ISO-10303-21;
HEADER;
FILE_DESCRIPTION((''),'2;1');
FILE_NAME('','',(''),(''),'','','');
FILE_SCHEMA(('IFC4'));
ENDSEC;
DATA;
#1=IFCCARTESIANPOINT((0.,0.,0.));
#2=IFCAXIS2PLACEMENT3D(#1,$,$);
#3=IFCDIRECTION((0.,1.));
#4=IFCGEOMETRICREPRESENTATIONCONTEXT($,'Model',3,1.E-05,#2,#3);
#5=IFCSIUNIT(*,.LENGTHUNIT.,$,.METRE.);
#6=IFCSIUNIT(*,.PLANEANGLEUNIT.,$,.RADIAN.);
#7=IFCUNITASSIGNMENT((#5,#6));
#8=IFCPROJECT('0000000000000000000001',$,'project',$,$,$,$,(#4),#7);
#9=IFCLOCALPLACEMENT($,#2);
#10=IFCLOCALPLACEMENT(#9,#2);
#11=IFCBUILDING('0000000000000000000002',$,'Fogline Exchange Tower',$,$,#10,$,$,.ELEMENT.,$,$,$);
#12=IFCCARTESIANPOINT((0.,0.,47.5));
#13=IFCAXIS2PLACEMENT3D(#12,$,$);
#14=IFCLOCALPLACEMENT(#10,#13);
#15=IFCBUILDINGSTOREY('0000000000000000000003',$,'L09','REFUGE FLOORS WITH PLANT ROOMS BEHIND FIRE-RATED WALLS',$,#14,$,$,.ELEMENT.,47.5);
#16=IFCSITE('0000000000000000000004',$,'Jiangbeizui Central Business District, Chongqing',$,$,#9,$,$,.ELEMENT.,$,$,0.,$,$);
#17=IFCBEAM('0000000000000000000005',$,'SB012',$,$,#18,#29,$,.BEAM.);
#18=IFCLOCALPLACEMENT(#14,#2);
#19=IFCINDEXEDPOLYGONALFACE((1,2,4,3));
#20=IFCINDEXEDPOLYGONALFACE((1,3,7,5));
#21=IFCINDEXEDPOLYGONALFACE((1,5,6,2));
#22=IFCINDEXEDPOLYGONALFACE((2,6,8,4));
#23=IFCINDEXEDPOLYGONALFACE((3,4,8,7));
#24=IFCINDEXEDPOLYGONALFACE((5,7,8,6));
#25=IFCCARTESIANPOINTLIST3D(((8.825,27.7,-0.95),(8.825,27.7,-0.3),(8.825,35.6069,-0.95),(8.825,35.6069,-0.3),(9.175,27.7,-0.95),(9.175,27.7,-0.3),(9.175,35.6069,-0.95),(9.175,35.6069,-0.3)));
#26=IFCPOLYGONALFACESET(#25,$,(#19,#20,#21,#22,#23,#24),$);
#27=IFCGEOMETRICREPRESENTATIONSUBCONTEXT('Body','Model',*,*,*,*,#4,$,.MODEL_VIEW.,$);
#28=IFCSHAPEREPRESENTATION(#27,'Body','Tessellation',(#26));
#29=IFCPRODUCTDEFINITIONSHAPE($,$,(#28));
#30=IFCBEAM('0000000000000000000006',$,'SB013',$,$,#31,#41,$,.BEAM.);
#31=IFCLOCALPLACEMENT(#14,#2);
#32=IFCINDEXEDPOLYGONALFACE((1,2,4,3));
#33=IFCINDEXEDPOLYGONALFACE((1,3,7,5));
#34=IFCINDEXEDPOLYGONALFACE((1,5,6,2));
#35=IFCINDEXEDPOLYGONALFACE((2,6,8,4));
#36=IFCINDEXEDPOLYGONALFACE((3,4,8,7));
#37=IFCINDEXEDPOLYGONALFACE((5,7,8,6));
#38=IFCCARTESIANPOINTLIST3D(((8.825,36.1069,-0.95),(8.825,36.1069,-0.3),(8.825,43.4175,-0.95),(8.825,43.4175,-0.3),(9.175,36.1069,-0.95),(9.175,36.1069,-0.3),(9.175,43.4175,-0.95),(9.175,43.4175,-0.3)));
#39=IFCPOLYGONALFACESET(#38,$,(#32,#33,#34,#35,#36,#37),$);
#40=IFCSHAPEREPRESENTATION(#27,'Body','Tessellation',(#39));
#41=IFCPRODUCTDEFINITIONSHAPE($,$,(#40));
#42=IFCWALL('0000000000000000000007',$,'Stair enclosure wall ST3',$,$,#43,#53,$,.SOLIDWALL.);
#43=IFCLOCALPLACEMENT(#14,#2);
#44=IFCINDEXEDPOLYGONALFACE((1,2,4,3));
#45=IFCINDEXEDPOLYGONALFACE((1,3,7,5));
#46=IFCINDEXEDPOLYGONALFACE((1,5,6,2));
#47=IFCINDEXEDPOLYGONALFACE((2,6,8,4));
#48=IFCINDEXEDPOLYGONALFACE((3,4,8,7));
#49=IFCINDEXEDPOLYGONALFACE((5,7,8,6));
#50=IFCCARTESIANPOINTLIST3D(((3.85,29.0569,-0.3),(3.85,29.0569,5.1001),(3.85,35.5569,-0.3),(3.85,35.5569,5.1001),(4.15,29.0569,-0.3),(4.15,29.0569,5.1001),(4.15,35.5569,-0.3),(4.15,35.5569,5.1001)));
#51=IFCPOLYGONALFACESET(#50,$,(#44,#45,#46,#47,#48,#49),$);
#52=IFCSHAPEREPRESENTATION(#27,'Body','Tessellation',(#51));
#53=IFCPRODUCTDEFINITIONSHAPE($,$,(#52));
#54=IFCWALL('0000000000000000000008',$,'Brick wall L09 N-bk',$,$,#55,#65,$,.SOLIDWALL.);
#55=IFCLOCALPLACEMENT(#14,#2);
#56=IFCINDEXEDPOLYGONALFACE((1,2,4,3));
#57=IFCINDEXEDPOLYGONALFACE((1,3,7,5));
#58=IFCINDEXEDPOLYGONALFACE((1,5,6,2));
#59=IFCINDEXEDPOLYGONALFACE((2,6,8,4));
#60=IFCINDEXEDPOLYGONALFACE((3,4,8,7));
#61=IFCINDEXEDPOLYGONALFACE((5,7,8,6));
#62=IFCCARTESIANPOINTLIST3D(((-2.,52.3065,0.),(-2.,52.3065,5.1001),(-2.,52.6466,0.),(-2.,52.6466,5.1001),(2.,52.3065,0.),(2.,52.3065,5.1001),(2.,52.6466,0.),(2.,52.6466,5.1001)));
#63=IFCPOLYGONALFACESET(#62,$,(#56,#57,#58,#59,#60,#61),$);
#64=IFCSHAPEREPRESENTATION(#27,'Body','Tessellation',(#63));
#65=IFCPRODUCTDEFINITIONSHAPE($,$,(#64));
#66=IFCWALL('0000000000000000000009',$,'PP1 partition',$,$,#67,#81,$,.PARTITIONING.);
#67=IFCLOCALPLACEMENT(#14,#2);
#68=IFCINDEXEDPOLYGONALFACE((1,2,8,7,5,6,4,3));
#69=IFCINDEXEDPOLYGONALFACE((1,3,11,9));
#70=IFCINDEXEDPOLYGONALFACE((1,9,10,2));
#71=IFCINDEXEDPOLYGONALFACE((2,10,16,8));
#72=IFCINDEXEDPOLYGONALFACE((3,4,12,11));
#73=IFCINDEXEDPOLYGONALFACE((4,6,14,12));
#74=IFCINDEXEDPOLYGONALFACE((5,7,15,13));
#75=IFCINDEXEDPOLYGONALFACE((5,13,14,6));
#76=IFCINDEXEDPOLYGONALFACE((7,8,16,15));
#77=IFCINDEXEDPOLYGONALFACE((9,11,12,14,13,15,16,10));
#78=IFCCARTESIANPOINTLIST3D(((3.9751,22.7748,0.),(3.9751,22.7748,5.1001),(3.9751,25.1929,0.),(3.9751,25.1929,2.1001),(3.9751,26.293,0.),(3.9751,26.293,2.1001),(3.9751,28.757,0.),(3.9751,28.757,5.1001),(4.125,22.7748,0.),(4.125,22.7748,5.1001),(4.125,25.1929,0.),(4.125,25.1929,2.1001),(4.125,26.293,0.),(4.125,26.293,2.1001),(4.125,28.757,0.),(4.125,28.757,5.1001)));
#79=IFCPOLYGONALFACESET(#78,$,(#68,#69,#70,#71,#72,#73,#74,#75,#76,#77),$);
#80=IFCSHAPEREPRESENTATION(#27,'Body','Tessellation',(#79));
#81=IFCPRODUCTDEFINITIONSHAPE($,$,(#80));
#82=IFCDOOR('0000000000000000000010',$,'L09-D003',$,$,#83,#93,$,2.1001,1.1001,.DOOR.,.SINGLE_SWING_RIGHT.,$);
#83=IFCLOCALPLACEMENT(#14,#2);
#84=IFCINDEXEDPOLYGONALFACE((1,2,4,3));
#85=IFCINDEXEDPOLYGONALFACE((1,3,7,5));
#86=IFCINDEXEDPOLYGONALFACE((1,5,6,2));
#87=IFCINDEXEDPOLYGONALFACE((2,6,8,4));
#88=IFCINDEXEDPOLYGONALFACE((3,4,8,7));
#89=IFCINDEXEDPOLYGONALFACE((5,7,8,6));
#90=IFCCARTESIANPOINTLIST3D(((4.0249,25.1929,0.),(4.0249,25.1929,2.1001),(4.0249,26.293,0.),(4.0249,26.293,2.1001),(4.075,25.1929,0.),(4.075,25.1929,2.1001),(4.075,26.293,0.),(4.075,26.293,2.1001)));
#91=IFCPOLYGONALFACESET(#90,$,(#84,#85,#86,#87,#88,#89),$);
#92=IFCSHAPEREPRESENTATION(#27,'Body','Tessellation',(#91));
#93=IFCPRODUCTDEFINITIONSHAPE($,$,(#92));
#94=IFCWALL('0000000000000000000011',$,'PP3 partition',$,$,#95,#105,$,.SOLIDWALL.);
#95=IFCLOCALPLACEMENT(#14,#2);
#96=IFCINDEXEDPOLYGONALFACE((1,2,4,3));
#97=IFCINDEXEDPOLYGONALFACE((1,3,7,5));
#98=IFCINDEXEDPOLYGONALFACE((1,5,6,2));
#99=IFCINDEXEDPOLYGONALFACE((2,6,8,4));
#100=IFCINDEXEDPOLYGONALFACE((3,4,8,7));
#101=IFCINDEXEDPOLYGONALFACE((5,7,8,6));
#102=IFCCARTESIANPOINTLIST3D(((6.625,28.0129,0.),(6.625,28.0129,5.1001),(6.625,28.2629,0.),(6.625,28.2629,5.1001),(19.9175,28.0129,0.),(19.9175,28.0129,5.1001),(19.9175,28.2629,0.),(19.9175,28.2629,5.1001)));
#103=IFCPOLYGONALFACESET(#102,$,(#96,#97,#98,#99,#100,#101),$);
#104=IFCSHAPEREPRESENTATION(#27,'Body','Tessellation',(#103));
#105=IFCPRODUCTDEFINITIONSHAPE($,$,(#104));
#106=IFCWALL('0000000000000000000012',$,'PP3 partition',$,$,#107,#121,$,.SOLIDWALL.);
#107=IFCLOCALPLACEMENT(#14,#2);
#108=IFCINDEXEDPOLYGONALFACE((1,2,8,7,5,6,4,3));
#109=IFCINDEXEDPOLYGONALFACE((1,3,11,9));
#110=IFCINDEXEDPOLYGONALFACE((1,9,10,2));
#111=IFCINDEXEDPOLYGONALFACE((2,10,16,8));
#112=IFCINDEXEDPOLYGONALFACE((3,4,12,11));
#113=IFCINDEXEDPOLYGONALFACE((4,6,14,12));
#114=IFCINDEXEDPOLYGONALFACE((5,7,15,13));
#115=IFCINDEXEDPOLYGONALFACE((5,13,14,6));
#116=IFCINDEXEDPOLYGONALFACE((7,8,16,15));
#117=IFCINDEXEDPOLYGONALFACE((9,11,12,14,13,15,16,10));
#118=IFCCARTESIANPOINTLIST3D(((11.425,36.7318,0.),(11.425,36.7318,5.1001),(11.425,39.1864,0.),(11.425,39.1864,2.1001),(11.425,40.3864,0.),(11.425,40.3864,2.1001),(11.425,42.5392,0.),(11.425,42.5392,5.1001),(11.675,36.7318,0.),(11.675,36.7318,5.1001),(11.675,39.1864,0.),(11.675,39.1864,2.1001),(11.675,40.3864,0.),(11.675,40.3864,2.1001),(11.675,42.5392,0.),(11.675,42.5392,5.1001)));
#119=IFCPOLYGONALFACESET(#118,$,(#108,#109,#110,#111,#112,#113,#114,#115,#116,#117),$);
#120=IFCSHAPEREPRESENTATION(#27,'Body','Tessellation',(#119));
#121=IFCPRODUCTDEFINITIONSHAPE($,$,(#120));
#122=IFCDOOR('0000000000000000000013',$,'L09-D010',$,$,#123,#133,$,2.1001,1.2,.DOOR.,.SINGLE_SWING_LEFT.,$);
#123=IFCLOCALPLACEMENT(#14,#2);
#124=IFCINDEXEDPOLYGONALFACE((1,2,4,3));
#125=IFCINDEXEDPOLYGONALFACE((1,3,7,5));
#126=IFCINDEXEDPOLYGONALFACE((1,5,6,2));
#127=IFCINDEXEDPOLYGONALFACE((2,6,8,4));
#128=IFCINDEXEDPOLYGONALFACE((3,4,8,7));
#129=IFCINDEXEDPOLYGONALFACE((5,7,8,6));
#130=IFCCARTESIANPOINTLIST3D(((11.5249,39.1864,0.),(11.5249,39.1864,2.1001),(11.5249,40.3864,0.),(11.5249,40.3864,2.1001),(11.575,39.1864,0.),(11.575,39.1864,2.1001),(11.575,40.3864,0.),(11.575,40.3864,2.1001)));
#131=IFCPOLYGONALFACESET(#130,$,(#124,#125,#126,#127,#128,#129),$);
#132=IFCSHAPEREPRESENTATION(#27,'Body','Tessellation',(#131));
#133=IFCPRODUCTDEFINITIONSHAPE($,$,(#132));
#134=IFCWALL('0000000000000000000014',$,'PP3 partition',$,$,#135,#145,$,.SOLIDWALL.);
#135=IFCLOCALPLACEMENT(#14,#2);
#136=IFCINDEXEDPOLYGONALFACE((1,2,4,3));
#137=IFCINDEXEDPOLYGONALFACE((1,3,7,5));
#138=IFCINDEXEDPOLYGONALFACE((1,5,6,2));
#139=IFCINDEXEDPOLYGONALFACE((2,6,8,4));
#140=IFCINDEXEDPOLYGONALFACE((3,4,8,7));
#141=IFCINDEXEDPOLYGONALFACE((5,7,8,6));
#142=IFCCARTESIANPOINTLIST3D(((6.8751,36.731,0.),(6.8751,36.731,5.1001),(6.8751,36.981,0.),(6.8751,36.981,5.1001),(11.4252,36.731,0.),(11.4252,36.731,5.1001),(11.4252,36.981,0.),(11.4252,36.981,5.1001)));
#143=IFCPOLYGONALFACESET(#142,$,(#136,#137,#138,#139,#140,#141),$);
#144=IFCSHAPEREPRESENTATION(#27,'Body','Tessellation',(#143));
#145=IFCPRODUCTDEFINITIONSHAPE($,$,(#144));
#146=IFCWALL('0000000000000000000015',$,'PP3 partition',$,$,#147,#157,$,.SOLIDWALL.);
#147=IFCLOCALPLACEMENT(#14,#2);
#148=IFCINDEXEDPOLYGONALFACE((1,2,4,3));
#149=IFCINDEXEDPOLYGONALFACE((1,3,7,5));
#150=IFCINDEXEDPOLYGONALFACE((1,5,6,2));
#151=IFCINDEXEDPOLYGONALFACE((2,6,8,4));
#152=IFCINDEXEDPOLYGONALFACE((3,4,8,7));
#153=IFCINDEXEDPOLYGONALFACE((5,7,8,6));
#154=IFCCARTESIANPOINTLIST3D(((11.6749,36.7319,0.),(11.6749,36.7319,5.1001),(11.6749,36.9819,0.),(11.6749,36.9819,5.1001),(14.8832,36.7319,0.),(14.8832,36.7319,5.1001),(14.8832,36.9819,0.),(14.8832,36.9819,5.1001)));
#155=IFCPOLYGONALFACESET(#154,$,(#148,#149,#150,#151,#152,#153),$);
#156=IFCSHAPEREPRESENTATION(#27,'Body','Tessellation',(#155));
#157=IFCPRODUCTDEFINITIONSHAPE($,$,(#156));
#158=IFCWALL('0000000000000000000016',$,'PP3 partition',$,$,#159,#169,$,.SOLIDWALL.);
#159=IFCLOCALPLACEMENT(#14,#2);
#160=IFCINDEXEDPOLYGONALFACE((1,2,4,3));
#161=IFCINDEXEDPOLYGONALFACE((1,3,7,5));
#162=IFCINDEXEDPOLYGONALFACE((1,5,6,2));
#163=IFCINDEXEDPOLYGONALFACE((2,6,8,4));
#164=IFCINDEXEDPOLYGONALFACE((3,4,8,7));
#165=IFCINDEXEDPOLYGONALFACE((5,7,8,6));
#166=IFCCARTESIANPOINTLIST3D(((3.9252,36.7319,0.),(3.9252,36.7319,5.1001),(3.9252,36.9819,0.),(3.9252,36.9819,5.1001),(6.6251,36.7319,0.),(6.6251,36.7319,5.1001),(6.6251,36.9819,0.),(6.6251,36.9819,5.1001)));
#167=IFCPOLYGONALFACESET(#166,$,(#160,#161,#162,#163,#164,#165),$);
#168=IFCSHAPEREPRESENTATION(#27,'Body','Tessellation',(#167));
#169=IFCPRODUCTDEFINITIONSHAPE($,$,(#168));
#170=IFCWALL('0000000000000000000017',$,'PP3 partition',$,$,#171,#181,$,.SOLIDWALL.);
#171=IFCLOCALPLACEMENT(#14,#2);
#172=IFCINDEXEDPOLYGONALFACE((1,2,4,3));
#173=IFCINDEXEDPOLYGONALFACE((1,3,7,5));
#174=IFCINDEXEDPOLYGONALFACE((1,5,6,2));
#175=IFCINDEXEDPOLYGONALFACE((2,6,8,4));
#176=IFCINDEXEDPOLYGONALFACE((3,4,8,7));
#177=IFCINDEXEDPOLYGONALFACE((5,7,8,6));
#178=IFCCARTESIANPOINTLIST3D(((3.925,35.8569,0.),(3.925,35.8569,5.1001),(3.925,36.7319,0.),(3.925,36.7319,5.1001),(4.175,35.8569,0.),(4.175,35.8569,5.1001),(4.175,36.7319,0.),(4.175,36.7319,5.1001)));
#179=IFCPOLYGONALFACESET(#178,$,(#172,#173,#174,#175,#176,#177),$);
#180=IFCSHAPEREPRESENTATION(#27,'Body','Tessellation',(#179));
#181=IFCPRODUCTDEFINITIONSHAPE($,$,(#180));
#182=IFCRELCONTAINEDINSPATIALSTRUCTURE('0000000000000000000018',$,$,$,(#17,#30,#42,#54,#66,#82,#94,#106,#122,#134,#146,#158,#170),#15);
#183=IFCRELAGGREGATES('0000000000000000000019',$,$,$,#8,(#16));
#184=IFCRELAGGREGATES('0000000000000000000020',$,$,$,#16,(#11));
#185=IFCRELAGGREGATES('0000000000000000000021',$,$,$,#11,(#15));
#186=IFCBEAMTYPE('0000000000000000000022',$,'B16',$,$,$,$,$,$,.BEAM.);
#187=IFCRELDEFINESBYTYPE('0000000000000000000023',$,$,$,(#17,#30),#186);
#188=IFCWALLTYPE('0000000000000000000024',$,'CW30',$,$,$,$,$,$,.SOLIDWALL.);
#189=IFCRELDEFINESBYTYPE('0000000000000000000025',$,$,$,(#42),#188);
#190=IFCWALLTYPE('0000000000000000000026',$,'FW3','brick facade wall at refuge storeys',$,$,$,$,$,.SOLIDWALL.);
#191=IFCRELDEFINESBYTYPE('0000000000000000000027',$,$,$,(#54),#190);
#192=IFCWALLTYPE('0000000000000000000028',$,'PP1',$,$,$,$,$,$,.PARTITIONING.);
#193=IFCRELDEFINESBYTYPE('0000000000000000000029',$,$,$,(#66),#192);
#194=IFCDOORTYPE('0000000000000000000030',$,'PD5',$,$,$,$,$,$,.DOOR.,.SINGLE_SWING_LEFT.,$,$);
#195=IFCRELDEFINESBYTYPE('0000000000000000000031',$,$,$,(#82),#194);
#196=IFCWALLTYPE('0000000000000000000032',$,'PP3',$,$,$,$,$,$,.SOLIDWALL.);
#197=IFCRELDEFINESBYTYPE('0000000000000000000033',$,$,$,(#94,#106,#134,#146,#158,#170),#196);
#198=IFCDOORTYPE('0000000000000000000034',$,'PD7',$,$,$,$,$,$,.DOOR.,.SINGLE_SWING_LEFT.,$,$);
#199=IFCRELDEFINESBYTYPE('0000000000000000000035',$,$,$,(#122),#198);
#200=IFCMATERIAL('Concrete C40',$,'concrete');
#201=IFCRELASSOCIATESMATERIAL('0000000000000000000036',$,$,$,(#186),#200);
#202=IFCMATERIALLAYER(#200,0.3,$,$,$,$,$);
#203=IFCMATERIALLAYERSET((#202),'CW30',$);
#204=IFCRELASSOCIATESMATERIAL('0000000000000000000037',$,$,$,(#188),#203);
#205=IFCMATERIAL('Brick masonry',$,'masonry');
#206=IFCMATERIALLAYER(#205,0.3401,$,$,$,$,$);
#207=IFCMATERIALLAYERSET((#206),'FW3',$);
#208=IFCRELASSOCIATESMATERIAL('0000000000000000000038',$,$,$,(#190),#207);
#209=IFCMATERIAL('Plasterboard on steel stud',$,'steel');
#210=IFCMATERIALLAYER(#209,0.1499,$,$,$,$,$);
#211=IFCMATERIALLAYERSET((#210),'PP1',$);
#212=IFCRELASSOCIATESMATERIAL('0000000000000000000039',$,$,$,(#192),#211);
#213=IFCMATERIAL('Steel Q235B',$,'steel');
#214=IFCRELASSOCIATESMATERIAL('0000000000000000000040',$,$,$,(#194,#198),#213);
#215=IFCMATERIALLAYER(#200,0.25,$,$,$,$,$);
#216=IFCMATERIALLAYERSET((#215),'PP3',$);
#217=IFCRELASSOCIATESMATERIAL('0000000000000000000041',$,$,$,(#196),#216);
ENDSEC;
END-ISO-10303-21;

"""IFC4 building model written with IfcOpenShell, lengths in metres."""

from ifc_helpers import new_model, si_unit, direction, frame, frame_2d, origin, origin_2d, place, context, subcontext, project, spatial, rectangle, extrude, material, layer, layer_set, material_profile, profile_set, type_object, element, fill, save


model = new_model("IFC4")

# Units and contexts
model_context = context("Model", 3, precision=1e-05, world=origin(), true_north=direction((0.0, 1.0)))
body_context = subcontext(model_context, "Body", "Model", "MODEL_VIEW")
ifc_project = project(units=[si_unit("LENGTHUNIT", "METRE"), si_unit("PLANEANGLEUNIT", "RADIAN")], contexts=[model_context])

# Site, building, storey
site_placement = place(None, origin())
site = spatial("IfcSite", under=ifc_project, at=site_placement, Name="Jiangbeizui Central Business District, Chongqing", CompositionType="ELEMENT", RefElevation=0.0)
building_placement = place(site_placement, origin())
building = spatial("IfcBuilding", under=site, at=building_placement, Name="Fogline Exchange Tower", CompositionType="ELEMENT")
storey_placement = place(building_placement, frame((0.0, 0.0, 47.5)))
storey = spatial("IfcBuildingStorey", under=building, at=storey_placement, Name="L09", Description="REFUGE FLOORS WITH PLANT ROOMS BEHIND FIRE-RATED WALLS", CompositionType="ELEMENT", Elevation=47.5)

# Beams
ifc_material_1 = material(Name="Concrete C40", Category="concrete")
ifc_material_profile_1 = material_profile(ifc_material_1, rectangle(XDim=0.3501, YDim=0.6499, at=origin_2d()), Name="RC 350x650")
ifc_profile_set_1 = profile_set([ifc_material_profile_1], Name="Concrete C40")
beam_type_1 = type_object("IfcBeamType", Name="B16", PredefinedType="BEAM", material=ifc_profile_set_1)
beam_1_placement = place(storey_placement, frame((9.0, 27.7, -0.625), z_axis=(0.0, 1.0, 0.0), x_axis=(-1.0, 0.0, 0.0)))
element("IfcBeam", 1, at=beam_1_placement, inside=storey, type_object=beam_type_1, Name="SB012", PredefinedType="BEAM", context=body_context, shape_type="SweptSolid", body=[
    extrude(rectangle(XDim=0.3501, YDim=0.6499, at=origin_2d()), origin(), (0.0, 0.0, 1.0), 7.907),
])
beam_2_placement = place(storey_placement, frame((9.0, 36.1069, -0.625), z_axis=(0.0, 1.0, 0.0), x_axis=(-1.0, 0.0, 0.0)))
element("IfcBeam", 2, at=beam_2_placement, inside=storey, type_object=beam_type_1, Name="SB013", PredefinedType="BEAM", context=body_context, shape_type="SweptSolid", body=[
    extrude(rectangle(XDim=0.3501, YDim=0.6499, at=origin_2d()), origin(), (0.0, 0.0, 1.0), 7.3105),
])

# Walls
ifc_layer_1 = layer(ifc_material_1, 0.3)
ifc_layer_set_1 = layer_set([ifc_layer_1], Name="CW30")
wall_type_1 = type_object("IfcWallType", Name="CW30", PredefinedType="SOLIDWALL", material=ifc_layer_set_1)
wall_1_placement = place(storey_placement, frame((4.0, 29.0569, -0.3), z_axis=(0.0, 0.0, 1.0), x_axis=(0.0, 1.0, 0.0)))
element("IfcWall", 3, at=wall_1_placement, inside=storey, type_object=wall_type_1, Name="Stair enclosure wall ST3", PredefinedType="SOLIDWALL", context=body_context, shape_type="SweptSolid", body=[
    extrude(rectangle(XDim=6.5, YDim=0.3, at=frame_2d((3.25, 0.0))), origin(), (0.0, 0.0, 1.0), 5.4001),
])
ifc_material_2 = material(Name="Brick masonry", Category="masonry")
ifc_layer_2 = layer(ifc_material_2, 0.3401)
ifc_layer_set_2 = layer_set([ifc_layer_2], Name="FW3")
wall_type_2 = type_object("IfcWallType", Name="FW3", Description="brick facade wall at refuge storeys", PredefinedType="SOLIDWALL", material=ifc_layer_set_2)
wall_2_placement = place(storey_placement, frame((2.0, 52.4766, 0.0), z_axis=(0.0, 0.0, 1.0), x_axis=(-1.0, 0.0, 0.0)))
element("IfcWall", 4, at=wall_2_placement, inside=storey, type_object=wall_type_2, Name="Brick wall L09 N-bk", PredefinedType="SOLIDWALL", context=body_context, shape_type="SweptSolid", body=[
    extrude(rectangle(XDim=4.0, YDim=0.3401, at=frame_2d((2.0, 0.0))), origin(), (0.0, 0.0, 1.0), 5.1001),
])

# Wall, opening, door
ifc_material_3 = material(Name="Plasterboard on steel stud", Category="steel")
ifc_layer_3 = layer(ifc_material_3, 0.1499)
ifc_layer_set_3 = layer_set([ifc_layer_3], Name="PP1")
wall_type_3 = type_object("IfcWallType", Name="PP1", PredefinedType="PARTITIONING", material=ifc_layer_set_3)
wall_3_placement = place(storey_placement, frame((4.05, 28.7571, 0.0), z_axis=(0.0, 0.0, 1.0), x_axis=(0.0, -1.0, 0.0)))
wall_3 = element("IfcWall", 5, at=wall_3_placement, inside=storey, type_object=wall_type_3, Name="PP1 partition", PredefinedType="PARTITIONING", context=body_context, shape_type="SweptSolid", body=[
    extrude(rectangle(XDim=5.9822, YDim=0.1499, at=frame_2d((2.9912, 0.0))), origin(), (0.0, 0.0, 1.0), 5.1001),
])
opening_1_placement = place(wall_3_placement, frame((2.4641, 0.0, 0.0)))
opening_1 = element("IfcOpeningElement", 6, at=opening_1_placement, cuts=wall_3, PredefinedType="OPENING", context=body_context, shape_type="SweptSolid", body=[
    extrude(rectangle(XDim=1.1001, YDim=2.1001, at=frame_2d((0.55, 1.05))), frame((0.0, 0.085, 0.0), z_axis=(0.0, -1.0, 0.0), x_axis=(1.0, 0.0, 0.0)), (0.0, 0.0, 1.0), 0.1699),
])
ifc_material_4 = material(Name="Steel Q235B", Category="steel")
door_type_1 = type_object("IfcDoorType", Name="PD5", OperationType="SINGLE_SWING_LEFT", PredefinedType="DOOR", material=ifc_material_4)
door_1_placement = place(opening_1_placement, origin())
door_1 = element("IfcDoor", 7, at=door_1_placement, inside=storey, type_object=door_type_1, Name="L09-D003", OperationType="SINGLE_SWING_RIGHT", OverallHeight=2.1001, OverallWidth=1.1001, PredefinedType="DOOR", context=body_context, shape_type="SweptSolid", body=[
    extrude(rectangle(XDim=1.1001, YDim=2.1001, at=frame_2d((0.55, 1.05))), frame((0.0, 0.0249, 0.0), z_axis=(0.0, -1.0, 0.0), x_axis=(1.0, 0.0, 0.0)), (0.0, 0.0, 1.0), 0.05),
])
fill(opening_1, door_1)

# Wall
ifc_layer_4 = layer(ifc_material_1, 0.25)
ifc_layer_set_4 = layer_set([ifc_layer_4], Name="PP3")
wall_type_4 = type_object("IfcWallType", Name="PP3", PredefinedType="SOLIDWALL", material=ifc_layer_set_4)
wall_4_placement = place(storey_placement, frame((6.625, 28.1379, 0.0), z_axis=(0.0, 0.0, 1.0), x_axis=(1.0, 0.0, 0.0)))
element("IfcWall", 8, at=wall_4_placement, inside=storey, type_object=wall_type_4, Name="PP3 partition", PredefinedType="SOLIDWALL", context=body_context, shape_type="SweptSolid", body=[
    extrude(rectangle(XDim=13.2925, YDim=0.25, at=frame_2d((6.6462, 0.0))), origin(), (0.0, 0.0, 1.0), 5.1001),
])

# Wall, opening, door
wall_5_placement = place(storey_placement, frame((11.55, 42.5393, 0.0), z_axis=(0.0, 0.0, 1.0), x_axis=(0.0, -1.0, 0.0)))
wall_5 = element("IfcWall", 9, at=wall_5_placement, inside=storey, type_object=wall_type_4, Name="PP3 partition", PredefinedType="SOLIDWALL", context=body_context, shape_type="SweptSolid", body=[
    extrude(rectangle(XDim=5.8074, YDim=0.25, at=frame_2d((2.9038, 0.0))), origin(), (0.0, 0.0, 1.0), 5.1001),
])
opening_2_placement = place(wall_5_placement, frame((2.1528, 0.0, 0.0)))
opening_2 = element("IfcOpeningElement", 10, at=opening_2_placement, cuts=wall_5, PredefinedType="OPENING", context=body_context, shape_type="SweptSolid", body=[
    extrude(rectangle(XDim=1.2, YDim=2.1001, at=frame_2d((0.6001, 1.05))), frame((0.0, 0.135, 0.0), z_axis=(0.0, -1.0, 0.0), x_axis=(1.0, 0.0, 0.0)), (0.0, 0.0, 1.0), 0.27),
])
door_type_2 = type_object("IfcDoorType", Name="PD7", OperationType="SINGLE_SWING_LEFT", PredefinedType="DOOR", material=ifc_material_4)
door_2_placement = place(opening_2_placement, origin())
door_2 = element("IfcDoor", 11, at=door_2_placement, inside=storey, type_object=door_type_2, Name="L09-D010", OperationType="SINGLE_SWING_LEFT", OverallHeight=2.1001, OverallWidth=1.2, PredefinedType="DOOR", context=body_context, shape_type="SweptSolid", body=[
    extrude(rectangle(XDim=1.2, YDim=2.1001, at=frame_2d((0.6001, 1.05))), frame((0.0, 0.0249, 0.0), z_axis=(0.0, -1.0, 0.0), x_axis=(1.0, 0.0, 0.0)), (0.0, 0.0, 1.0), 0.05),
])
fill(opening_2, door_2)

# Walls
wall_6_placement = place(storey_placement, frame((11.425, 36.856, 0.0), z_axis=(0.0, 0.0, 1.0), x_axis=(-1.0, 0.0, 0.0)))
element("IfcWall", 12, at=wall_6_placement, inside=storey, type_object=wall_type_4, Name="PP3 partition", PredefinedType="SOLIDWALL", context=body_context, shape_type="SweptSolid", body=[
    extrude(rectangle(XDim=4.55, YDim=0.25, at=frame_2d((2.2749, 0.0))), origin(), (0.0, 0.0, 1.0), 5.1001),
])
wall_7_placement = place(storey_placement, frame((11.675, 36.8569, 0.0), z_axis=(0.0, 0.0, 1.0), x_axis=(1.0, 0.0, 0.0)))
element("IfcWall", 13, at=wall_7_placement, inside=storey, type_object=wall_type_4, Name="PP3 partition", PredefinedType="SOLIDWALL", context=body_context, shape_type="SweptSolid", body=[
    extrude(rectangle(XDim=3.2083, YDim=0.25, at=frame_2d((1.604, 0.0))), origin(), (0.0, 0.0, 1.0), 5.1001),
])
wall_8_placement = place(storey_placement, frame((3.925, 36.8569, 0.0), z_axis=(0.0, 0.0, 1.0), x_axis=(1.0, 0.0, 0.0)))
element("IfcWall", 14, at=wall_8_placement, inside=storey, type_object=wall_type_4, Name="PP3 partition", PredefinedType="SOLIDWALL", context=body_context, shape_type="SweptSolid", body=[
    extrude(rectangle(XDim=2.7, YDim=0.25, at=frame_2d((1.3501, 0.0))), origin(), (0.0, 0.0, 1.0), 5.1001),
])
wall_9_placement = place(storey_placement, frame((4.05, 35.8569, 0.0), z_axis=(0.0, 0.0, 1.0), x_axis=(0.0, 1.0, 0.0)))
element("IfcWall", 15, at=wall_9_placement, inside=storey, type_object=wall_type_4, Name="PP3 partition", PredefinedType="SOLIDWALL", context=body_context, shape_type="SweptSolid", body=[
    extrude(rectangle(XDim=0.875, YDim=0.25, at=frame_2d((0.4375, 0.0))), origin(), (0.0, 0.0, 1.0), 5.1001),
])

save(model, "model.ifc")
